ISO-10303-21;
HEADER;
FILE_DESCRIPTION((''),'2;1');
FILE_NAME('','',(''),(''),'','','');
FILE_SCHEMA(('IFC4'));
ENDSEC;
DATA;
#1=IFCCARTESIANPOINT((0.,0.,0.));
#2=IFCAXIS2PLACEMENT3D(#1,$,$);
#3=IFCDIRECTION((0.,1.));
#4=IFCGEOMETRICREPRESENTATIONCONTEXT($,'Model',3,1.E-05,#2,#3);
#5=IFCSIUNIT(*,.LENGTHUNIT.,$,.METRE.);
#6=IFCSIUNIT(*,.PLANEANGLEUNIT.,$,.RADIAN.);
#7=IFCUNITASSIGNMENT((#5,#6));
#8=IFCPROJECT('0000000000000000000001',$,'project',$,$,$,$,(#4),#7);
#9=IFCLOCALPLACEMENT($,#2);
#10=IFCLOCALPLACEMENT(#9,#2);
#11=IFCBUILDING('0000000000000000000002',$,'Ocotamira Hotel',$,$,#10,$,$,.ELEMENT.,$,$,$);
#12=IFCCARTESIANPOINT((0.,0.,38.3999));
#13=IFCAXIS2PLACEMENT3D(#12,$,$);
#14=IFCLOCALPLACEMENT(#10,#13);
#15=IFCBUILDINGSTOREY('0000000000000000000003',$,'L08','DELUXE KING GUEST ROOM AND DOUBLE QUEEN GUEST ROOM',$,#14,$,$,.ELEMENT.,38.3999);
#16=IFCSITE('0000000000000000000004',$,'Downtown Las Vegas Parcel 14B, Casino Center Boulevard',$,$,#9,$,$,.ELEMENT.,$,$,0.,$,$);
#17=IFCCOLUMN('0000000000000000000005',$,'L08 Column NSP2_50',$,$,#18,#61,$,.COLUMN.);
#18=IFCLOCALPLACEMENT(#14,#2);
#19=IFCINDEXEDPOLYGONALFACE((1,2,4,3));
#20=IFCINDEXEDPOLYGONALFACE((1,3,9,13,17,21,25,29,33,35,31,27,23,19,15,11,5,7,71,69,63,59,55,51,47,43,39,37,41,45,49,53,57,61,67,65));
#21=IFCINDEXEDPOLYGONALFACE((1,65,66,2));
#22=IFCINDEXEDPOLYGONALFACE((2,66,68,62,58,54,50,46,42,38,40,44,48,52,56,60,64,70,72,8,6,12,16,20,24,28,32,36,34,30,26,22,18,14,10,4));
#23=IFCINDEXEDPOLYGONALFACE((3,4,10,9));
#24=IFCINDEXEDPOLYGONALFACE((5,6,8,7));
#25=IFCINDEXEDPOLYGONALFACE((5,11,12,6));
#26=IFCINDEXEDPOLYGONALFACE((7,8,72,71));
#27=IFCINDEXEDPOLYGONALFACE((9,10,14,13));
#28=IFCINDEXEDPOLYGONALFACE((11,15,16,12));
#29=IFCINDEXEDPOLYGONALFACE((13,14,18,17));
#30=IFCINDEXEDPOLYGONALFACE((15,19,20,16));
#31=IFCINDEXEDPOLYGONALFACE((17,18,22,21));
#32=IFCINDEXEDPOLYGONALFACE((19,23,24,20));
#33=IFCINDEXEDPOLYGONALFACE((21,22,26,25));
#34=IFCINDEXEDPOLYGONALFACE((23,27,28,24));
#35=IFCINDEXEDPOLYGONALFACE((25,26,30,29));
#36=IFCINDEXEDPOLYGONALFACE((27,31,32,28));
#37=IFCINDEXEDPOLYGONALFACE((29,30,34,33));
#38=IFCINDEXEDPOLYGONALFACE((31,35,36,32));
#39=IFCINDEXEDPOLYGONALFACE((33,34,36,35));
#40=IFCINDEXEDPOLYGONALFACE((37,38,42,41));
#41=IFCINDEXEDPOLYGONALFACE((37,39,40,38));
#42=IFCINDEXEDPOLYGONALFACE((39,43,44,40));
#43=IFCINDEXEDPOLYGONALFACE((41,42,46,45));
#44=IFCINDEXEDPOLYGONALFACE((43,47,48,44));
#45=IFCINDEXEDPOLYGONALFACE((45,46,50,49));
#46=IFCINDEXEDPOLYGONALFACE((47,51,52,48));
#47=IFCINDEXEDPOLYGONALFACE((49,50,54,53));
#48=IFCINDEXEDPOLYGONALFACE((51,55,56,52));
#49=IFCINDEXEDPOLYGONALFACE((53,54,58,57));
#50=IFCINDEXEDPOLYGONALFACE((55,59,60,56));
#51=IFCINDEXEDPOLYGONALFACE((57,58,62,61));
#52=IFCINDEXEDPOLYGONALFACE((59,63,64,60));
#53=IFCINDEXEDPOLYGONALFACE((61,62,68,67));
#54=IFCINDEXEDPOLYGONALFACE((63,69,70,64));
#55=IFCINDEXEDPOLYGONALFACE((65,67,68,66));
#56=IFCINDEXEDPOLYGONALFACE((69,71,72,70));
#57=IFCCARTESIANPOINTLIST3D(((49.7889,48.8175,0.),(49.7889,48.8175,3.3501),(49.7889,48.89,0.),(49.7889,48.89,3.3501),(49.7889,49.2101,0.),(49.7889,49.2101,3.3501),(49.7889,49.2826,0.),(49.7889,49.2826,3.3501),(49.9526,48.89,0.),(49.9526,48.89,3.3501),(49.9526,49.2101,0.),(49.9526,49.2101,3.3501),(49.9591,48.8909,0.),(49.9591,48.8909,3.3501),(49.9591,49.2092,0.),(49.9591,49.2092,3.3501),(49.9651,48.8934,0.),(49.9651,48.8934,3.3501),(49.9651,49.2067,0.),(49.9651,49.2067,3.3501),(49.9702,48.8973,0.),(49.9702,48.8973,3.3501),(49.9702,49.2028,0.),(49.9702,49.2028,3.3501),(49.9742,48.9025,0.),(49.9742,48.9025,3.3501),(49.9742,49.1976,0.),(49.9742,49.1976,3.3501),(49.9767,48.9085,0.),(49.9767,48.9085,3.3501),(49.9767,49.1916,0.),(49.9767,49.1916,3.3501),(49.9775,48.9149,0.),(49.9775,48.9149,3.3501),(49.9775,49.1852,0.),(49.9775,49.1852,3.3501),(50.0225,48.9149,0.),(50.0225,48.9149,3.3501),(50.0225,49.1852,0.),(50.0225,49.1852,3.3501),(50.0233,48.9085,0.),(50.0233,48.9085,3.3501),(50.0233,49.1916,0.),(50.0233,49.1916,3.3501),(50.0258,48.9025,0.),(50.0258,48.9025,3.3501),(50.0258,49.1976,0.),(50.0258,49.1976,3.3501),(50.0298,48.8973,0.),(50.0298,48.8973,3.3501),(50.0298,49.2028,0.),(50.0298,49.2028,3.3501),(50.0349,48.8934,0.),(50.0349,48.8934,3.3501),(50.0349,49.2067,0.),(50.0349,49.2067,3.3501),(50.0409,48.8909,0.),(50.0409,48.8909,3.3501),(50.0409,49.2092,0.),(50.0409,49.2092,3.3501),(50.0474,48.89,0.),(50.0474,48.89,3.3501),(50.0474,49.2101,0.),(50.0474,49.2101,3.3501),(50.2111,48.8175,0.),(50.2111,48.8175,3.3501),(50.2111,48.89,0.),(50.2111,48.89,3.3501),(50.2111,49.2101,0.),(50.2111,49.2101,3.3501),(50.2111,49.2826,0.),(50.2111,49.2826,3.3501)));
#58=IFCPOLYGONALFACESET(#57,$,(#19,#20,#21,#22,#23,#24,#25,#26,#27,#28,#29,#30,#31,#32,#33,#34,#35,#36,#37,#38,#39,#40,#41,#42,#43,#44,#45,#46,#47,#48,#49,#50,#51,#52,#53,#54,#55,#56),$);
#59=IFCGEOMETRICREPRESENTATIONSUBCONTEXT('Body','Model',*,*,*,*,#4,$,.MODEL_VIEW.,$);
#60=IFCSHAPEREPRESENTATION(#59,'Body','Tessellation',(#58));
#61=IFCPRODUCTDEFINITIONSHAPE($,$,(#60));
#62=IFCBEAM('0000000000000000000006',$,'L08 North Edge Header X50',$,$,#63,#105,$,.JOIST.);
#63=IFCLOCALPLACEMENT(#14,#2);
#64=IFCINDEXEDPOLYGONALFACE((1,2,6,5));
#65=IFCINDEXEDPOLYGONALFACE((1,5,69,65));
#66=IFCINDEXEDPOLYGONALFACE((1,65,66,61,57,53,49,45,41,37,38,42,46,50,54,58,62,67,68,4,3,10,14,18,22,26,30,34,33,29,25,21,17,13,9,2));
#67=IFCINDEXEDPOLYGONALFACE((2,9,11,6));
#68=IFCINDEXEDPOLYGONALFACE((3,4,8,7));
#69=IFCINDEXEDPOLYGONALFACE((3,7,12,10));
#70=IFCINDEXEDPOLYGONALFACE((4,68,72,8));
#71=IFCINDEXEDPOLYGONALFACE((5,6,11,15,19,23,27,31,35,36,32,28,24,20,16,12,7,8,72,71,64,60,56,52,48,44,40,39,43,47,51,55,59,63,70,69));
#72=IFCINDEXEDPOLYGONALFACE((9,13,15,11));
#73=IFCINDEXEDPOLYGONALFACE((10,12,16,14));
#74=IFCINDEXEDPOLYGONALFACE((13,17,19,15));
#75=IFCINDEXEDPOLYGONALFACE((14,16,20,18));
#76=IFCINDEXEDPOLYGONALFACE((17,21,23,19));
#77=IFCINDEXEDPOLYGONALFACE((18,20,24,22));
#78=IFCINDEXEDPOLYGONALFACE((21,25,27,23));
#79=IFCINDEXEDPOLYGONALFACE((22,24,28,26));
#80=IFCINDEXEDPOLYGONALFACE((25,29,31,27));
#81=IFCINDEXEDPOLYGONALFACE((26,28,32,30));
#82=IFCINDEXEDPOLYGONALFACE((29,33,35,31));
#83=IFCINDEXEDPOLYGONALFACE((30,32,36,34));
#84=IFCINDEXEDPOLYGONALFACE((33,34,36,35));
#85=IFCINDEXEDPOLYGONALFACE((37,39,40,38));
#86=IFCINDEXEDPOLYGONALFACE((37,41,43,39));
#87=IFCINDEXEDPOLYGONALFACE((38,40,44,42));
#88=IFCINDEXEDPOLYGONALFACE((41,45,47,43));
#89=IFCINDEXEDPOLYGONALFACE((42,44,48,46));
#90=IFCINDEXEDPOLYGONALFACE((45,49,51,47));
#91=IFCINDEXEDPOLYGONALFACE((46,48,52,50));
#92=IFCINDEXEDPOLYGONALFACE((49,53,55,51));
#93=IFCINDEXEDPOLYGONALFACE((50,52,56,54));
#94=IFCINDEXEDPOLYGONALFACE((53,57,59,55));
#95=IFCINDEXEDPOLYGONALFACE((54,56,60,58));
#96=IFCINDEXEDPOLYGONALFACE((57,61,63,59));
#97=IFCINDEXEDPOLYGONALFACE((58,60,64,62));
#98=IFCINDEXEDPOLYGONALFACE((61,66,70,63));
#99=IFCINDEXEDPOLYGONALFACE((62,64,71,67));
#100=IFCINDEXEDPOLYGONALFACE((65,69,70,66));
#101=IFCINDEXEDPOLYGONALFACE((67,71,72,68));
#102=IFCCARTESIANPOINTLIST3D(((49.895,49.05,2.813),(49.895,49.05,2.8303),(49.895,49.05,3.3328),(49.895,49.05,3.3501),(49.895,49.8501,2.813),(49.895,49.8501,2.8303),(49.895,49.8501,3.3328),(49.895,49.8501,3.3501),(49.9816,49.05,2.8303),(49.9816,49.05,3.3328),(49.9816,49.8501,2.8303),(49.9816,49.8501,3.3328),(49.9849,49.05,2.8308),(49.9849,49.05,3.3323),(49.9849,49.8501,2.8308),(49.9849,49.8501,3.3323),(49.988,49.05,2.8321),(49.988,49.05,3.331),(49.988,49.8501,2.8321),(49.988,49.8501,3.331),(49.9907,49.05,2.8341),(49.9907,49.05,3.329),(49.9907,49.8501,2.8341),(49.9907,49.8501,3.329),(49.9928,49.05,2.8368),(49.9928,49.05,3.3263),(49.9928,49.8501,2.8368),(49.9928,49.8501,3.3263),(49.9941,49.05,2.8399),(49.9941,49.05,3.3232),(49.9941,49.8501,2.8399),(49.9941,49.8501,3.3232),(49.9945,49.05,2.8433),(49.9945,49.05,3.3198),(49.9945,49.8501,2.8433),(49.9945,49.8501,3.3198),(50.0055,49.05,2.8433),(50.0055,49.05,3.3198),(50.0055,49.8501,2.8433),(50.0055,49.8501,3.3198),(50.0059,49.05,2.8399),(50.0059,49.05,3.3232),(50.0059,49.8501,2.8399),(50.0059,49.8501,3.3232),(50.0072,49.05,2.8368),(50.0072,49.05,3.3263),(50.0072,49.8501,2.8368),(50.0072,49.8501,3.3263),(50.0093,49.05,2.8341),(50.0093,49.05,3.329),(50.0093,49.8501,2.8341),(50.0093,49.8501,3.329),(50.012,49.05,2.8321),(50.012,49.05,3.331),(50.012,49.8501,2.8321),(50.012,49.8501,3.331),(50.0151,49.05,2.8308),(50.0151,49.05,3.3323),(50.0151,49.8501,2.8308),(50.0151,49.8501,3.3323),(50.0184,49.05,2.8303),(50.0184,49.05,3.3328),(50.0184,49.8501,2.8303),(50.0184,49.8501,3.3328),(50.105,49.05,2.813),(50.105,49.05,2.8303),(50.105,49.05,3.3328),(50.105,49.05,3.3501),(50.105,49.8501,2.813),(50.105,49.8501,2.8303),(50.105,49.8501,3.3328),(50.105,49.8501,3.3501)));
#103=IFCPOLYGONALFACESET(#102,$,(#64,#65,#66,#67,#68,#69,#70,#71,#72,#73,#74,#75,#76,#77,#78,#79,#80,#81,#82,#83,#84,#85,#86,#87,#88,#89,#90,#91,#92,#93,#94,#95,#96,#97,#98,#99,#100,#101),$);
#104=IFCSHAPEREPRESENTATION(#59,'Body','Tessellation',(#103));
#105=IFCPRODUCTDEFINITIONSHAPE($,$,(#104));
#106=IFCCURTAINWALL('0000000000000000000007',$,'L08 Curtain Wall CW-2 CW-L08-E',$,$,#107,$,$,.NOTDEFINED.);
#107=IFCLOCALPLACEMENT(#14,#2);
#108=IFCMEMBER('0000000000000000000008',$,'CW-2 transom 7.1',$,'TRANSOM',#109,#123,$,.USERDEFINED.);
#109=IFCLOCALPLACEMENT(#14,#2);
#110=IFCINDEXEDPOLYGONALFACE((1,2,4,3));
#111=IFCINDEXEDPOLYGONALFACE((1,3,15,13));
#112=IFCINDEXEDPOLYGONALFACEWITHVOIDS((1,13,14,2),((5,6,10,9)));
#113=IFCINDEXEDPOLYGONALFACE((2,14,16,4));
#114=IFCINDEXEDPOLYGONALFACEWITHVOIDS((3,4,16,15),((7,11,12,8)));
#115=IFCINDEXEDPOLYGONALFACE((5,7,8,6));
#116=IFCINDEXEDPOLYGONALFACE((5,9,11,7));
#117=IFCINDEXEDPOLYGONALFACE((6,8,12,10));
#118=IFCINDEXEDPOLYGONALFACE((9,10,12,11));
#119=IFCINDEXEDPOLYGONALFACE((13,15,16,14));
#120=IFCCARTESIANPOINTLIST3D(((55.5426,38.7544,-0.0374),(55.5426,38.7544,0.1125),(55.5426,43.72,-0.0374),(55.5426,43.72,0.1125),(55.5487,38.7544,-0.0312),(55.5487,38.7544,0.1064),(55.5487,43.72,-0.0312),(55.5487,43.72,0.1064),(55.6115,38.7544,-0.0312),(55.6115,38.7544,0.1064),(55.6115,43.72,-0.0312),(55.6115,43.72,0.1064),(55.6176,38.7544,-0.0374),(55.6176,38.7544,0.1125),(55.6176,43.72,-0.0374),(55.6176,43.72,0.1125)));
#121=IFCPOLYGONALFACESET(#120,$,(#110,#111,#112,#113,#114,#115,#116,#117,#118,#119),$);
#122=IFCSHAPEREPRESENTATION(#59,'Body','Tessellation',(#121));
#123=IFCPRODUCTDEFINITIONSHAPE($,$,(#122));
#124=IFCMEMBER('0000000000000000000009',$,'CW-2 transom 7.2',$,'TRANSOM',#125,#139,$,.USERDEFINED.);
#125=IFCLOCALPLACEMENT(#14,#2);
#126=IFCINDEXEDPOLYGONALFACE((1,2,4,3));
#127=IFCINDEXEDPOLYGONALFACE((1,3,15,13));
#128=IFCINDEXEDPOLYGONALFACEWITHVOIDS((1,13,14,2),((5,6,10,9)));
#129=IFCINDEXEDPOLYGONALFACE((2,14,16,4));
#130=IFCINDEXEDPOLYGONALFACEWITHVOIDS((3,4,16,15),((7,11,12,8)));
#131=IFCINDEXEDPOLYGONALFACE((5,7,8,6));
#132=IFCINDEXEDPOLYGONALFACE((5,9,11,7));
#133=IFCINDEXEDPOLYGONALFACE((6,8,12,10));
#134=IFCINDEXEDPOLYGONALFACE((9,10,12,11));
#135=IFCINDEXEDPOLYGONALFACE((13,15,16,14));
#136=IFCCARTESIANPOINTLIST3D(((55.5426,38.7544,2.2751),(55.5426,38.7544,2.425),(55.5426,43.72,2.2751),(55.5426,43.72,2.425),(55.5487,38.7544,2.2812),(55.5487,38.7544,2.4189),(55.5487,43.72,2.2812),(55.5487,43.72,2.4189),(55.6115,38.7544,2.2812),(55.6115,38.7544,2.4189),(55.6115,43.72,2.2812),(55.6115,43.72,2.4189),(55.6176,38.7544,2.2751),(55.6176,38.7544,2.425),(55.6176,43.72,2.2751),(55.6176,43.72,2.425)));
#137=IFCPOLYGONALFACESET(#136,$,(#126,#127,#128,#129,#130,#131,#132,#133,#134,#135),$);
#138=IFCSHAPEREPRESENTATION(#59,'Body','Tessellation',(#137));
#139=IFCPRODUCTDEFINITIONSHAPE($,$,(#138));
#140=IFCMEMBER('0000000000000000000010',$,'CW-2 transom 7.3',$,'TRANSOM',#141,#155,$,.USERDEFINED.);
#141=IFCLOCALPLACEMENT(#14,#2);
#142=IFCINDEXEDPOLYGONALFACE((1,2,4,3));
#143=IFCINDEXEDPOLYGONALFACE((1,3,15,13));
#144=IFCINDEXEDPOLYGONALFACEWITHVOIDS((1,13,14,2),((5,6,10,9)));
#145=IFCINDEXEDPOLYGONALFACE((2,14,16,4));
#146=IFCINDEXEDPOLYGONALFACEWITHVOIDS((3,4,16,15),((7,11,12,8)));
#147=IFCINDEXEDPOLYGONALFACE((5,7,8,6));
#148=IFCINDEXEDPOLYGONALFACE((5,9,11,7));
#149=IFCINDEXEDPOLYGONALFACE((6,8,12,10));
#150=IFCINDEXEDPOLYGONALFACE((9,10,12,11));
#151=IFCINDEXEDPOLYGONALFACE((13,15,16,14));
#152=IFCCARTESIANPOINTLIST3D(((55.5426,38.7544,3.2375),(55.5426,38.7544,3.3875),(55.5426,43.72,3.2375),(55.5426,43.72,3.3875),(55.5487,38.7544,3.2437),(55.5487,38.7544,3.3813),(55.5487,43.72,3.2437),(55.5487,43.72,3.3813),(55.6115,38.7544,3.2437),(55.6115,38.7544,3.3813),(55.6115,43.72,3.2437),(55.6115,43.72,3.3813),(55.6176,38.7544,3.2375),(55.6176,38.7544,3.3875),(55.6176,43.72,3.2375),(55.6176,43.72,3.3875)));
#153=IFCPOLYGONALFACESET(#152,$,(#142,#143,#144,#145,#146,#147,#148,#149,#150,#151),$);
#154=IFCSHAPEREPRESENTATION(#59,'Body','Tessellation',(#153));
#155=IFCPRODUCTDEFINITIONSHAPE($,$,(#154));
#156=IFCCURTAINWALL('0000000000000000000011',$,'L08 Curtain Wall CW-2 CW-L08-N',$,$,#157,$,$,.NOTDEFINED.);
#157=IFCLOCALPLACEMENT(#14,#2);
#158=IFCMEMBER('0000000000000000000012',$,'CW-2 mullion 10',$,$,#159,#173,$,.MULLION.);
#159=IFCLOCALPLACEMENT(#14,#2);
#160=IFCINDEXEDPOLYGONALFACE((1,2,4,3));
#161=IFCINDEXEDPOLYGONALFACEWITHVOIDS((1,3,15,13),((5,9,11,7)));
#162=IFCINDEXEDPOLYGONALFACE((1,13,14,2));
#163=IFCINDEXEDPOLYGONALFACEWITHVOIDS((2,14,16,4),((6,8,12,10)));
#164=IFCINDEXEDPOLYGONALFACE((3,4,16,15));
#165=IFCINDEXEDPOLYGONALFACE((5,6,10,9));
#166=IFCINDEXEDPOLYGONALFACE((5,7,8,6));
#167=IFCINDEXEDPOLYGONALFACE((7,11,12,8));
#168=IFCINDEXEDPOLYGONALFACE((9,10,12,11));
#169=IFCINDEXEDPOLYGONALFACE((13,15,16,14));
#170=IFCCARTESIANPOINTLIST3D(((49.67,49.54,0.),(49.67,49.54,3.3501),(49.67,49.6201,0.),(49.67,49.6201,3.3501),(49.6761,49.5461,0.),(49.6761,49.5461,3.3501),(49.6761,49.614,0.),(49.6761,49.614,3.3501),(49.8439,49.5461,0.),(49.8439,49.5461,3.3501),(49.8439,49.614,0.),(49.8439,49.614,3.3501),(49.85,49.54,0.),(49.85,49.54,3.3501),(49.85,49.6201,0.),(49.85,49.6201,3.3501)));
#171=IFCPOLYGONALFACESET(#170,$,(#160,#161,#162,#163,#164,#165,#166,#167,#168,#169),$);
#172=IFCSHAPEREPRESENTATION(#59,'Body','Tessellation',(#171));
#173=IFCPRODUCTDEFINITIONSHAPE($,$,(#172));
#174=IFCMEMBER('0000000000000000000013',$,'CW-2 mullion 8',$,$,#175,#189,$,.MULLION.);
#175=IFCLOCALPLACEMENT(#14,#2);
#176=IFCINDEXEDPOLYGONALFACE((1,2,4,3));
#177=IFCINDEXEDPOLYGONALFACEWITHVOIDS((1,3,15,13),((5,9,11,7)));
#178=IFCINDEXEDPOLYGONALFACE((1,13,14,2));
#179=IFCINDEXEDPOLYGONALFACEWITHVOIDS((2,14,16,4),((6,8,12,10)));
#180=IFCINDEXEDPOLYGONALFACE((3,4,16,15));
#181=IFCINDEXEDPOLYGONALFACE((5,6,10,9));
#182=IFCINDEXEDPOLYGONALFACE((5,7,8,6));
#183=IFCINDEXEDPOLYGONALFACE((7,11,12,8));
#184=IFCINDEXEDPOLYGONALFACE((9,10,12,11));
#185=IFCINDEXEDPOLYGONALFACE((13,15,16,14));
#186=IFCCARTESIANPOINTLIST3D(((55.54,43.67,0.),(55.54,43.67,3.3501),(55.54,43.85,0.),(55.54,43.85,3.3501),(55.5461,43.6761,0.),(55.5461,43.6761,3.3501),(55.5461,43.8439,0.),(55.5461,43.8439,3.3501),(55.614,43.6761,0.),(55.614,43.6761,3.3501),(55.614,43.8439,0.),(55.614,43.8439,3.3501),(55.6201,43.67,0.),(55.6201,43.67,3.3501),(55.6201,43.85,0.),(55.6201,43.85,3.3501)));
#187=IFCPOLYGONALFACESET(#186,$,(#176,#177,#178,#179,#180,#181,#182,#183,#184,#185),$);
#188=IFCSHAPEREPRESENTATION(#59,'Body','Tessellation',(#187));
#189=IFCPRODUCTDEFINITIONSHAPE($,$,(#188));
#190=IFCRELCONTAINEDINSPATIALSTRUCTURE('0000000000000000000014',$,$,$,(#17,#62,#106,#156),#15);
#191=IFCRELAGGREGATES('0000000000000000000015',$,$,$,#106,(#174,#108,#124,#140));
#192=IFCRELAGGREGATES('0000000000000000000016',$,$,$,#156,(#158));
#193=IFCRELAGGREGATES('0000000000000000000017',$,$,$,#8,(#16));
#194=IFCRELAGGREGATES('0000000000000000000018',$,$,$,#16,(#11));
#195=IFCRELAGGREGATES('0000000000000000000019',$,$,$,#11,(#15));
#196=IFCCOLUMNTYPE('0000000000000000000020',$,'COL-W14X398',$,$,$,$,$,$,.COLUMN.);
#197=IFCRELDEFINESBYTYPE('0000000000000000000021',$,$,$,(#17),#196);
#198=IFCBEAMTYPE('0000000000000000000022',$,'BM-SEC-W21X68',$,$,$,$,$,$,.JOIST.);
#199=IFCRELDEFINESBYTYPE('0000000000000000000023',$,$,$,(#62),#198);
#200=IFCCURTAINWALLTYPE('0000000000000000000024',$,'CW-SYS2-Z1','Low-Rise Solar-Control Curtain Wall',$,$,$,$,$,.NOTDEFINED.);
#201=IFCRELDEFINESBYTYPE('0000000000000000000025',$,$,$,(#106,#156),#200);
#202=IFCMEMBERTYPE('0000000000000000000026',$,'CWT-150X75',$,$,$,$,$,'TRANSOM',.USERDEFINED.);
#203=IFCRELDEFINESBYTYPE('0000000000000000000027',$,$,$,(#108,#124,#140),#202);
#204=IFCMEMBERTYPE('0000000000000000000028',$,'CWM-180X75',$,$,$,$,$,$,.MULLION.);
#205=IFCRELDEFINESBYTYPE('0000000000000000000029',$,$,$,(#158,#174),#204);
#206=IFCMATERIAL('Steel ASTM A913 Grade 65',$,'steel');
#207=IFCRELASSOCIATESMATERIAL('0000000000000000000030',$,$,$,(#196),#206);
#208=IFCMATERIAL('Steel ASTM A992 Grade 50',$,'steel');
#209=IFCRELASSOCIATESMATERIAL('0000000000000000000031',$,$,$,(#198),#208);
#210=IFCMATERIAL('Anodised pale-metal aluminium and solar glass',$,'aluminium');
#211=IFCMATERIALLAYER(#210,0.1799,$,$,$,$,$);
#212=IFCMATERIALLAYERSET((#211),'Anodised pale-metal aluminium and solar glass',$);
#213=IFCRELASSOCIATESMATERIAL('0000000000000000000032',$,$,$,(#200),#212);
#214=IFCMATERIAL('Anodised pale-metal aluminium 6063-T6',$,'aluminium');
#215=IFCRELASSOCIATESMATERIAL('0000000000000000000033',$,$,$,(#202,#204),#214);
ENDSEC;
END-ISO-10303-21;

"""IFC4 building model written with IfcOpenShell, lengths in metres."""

from ifc_helpers import new_model, si_unit, direction, frame, origin, origin_2d, place, context, subcontext, project, spatial, hollow_rectangle, i_section, extrude, source, transform, mapped, material, layer, layer_set, material_profile, profile_set, type_object, element, aggregate, save


model = new_model("IFC4")

# Units and contexts
model_context = context("Model", 3, precision=1e-05, world=origin(), true_north=direction((0.0, 1.0)))
body_context = subcontext(model_context, "Body", "Model", "MODEL_VIEW")
ifc_project = project(units=[si_unit("LENGTHUNIT", "METRE"), si_unit("PLANEANGLEUNIT", "RADIAN")], contexts=[model_context])

# Site, building, storey
site_placement = place(None, origin())
site = spatial("IfcSite", under=ifc_project, at=site_placement, Name="Downtown Las Vegas Parcel 14B, Casino Center Boulevard", CompositionType="ELEMENT", RefElevation=0.0)
building_placement = place(site_placement, origin())
building = spatial("IfcBuilding", under=site, at=building_placement, Name="Ocotamira Hotel", CompositionType="ELEMENT")
storey_placement = place(building_placement, frame((0.0, 0.0, 38.3999)))
storey = spatial("IfcBuildingStorey", under=building, at=storey_placement, Name="L08", Description="DELUXE KING GUEST ROOM AND DOUBLE QUEEN GUEST ROOM", CompositionType="ELEMENT", Elevation=38.3999)

# Column
ifc_material_1 = material(Name="Steel ASTM A913 Grade 65", Category="steel")
ifc_material_profile_1 = material_profile(ifc_material_1, i_section(OverallWidth=0.4221, OverallDepth=0.4651, WebThickness=0.0449, FlangeThickness=0.0725, FilletRadius=0.0249, at=origin_2d()), Name="W14X398")
ifc_profile_set_1 = profile_set([ifc_material_profile_1], Name="Steel ASTM A913 Grade 65")
column_type = type_object("IfcColumnType", Name="COL-W14X398", PredefinedType="COLUMN", material=ifc_profile_set_1)
shared_shape_1 = source(origin(), body_context, "Body", "SweptSolid", [
    extrude(i_section(OverallWidth=0.4221, OverallDepth=0.4651, WebThickness=0.0449, FlangeThickness=0.0725, FilletRadius=0.0249, at=origin_2d()), origin(), (0.0, 0.0, 1.0), 3.3501),
])
column_placement = place(storey_placement, frame((50.0, 49.05, 0.0), z_axis=(0.0, 0.0, 1.0), x_axis=(1.0, 0.0, 0.0)))
element("IfcColumn", 1, at=column_placement, inside=storey, type_object=column_type, Name="L08 Column NSP2_50", PredefinedType="COLUMN", context=body_context, shape_type="MappedRepresentation", body=[
    mapped(shared_shape_1, transform((0.0, 0.0, 0.0), scale=1.0)),
])

# Beam
ifc_material_2 = material(Name="Steel ASTM A992 Grade 50", Category="steel")
ifc_material_profile_2 = material_profile(ifc_material_2, i_section(OverallWidth=0.21, OverallDepth=0.5371, WebThickness=0.011, FlangeThickness=0.0173, FilletRadius=0.0129, at=origin_2d()), Name="W21X68")
ifc_profile_set_2 = profile_set([ifc_material_profile_2], Name="Steel ASTM A992 Grade 50")
beam_type = type_object("IfcBeamType", Name="BM-SEC-W21X68", PredefinedType="JOIST", material=ifc_profile_set_2)
shared_shape_2 = source(origin(), body_context, "Body", "SweptSolid", [
    extrude(i_section(OverallWidth=0.21, OverallDepth=0.5371, WebThickness=0.011, FlangeThickness=0.0173, FilletRadius=0.0129, at=origin_2d()), origin(), (0.0, 0.0, 1.0), 0.8),
])
beam_placement = place(storey_placement, frame((50.0, 49.05, 3.0815), z_axis=(0.0, 1.0, 0.0), x_axis=(-1.0, 0.0, 0.0)))
element("IfcBeam", 2, at=beam_placement, inside=storey, type_object=beam_type, Name="L08 North Edge Header X50", PredefinedType="JOIST", context=body_context, shape_type="MappedRepresentation", body=[
    mapped(shared_shape_2, transform((0.0, 0.0, 0.0), scale=1.0)),
])

# Curtain wall, members
ifc_material_3 = material(Name="Anodised pale-metal aluminium and solar glass", Category="aluminium")
ifc_layer_1 = layer(ifc_material_3, 0.1799)
ifc_layer_set_1 = layer_set([ifc_layer_1], Name="Anodised pale-metal aluminium and solar glass")
curtain_wall_type = type_object("IfcCurtainWallType", Name="CW-SYS2-Z1", Description="Low-Rise Solar-Control Curtain Wall", PredefinedType="NOTDEFINED", material=ifc_layer_set_1)
curtain_wall_1_placement = place(storey_placement, origin())
curtain_wall_1 = element("IfcCurtainWall", 3, at=curtain_wall_1_placement, inside=storey, type_object=curtain_wall_type, Name="L08 Curtain Wall CW-2 CW-L08-E", PredefinedType="NOTDEFINED")
ifc_material_4 = material(Name="Anodised pale-metal aluminium 6063-T6", Category="aluminium")
ifc_material_profile_3 = material_profile(ifc_material_4, hollow_rectangle(XDim=0.075, YDim=0.1499, WallThickness=0.0061, at=origin_2d()), Name="HSS150X75X6")
ifc_profile_set_3 = profile_set([ifc_material_profile_3], Name="Anodised pale-metal aluminium 6063-T6")
member_type_1 = type_object("IfcMemberType", Name="CWT-150X75", ElementType="TRANSOM", PredefinedType="USERDEFINED", material=ifc_profile_set_3)
shared_shape_3 = source(origin(), body_context, "Body", "SweptSolid", [
    extrude(hollow_rectangle(XDim=0.075, YDim=0.1499, WallThickness=0.0061, at=origin_2d()), origin(), (0.0, 0.0, 1.0), 4.9656),
])
member_1_placement = place(storey_placement, frame((55.5801, 38.7544, 0.0376), z_axis=(0.0, 1.0, 0.0), x_axis=(-1.0, 0.0, 0.0)))
member_1 = element("IfcMember", 4, at=member_1_placement, type_object=member_type_1, Name="CW-2 transom 7.1", ObjectType="TRANSOM", PredefinedType="USERDEFINED", context=body_context, shape_type="MappedRepresentation", body=[
    mapped(shared_shape_3, transform((0.0, 0.0, 0.0), scale=1.0)),
])
member_2_placement = place(storey_placement, frame((55.5801, 38.7544, 2.3501), z_axis=(0.0, 1.0, 0.0), x_axis=(-1.0, 0.0, 0.0)))
member_2 = element("IfcMember", 5, at=member_2_placement, type_object=member_type_1, Name="CW-2 transom 7.2", ObjectType="TRANSOM", PredefinedType="USERDEFINED", context=body_context, shape_type="MappedRepresentation", body=[
    mapped(shared_shape_3, transform((0.0, 0.0, 0.0), scale=1.0)),
])
member_3_placement = place(storey_placement, frame((55.5801, 38.7544, 3.3125), z_axis=(0.0, 1.0, 0.0), x_axis=(-1.0, 0.0, 0.0)))
member_3 = element("IfcMember", 6, at=member_3_placement, type_object=member_type_1, Name="CW-2 transom 7.3", ObjectType="TRANSOM", PredefinedType="USERDEFINED", context=body_context, shape_type="MappedRepresentation", body=[
    mapped(shared_shape_3, transform((0.0, 0.0, 0.0), scale=1.0)),
])

# Curtain wall, member
curtain_wall_2_placement = place(storey_placement, origin())
curtain_wall_2 = element("IfcCurtainWall", 7, at=curtain_wall_2_placement, inside=storey, type_object=curtain_wall_type, Name="L08 Curtain Wall CW-2 CW-L08-N", PredefinedType="NOTDEFINED")
ifc_material_profile_4 = material_profile(ifc_material_4, hollow_rectangle(XDim=0.0801, YDim=0.1799, WallThickness=0.0061, at=origin_2d()), Name="HSS180X80X6")
ifc_profile_set_4 = profile_set([ifc_material_profile_4], Name="Anodised pale-metal aluminium 6063-T6")
member_type_2 = type_object("IfcMemberType", Name="CWM-180X75", PredefinedType="MULLION", material=ifc_profile_set_4)
shared_shape_4 = source(origin(), body_context, "Body", "SweptSolid", [
    extrude(hollow_rectangle(XDim=0.0801, YDim=0.1799, WallThickness=0.0061, at=origin_2d()), origin(), (0.0, 0.0, 1.0), 3.3501),
])
member_4_placement = place(storey_placement, frame((49.76, 49.5801, 0.0), z_axis=(0.0, 0.0, 1.0), x_axis=(0.0, 1.0, 0.0)))
member_4 = element("IfcMember", 8, at=member_4_placement, type_object=member_type_2, Name="CW-2 mullion 10", PredefinedType="MULLION", context=body_context, shape_type="MappedRepresentation", body=[
    mapped(shared_shape_4, transform((0.0, 0.0, 0.0), scale=1.0)),
])

# Member
member_5_placement = place(storey_placement, frame((55.5801, 43.76, 0.0), z_axis=(0.0, 0.0, 1.0), x_axis=(-1.0, 0.0, 0.0)))
member_5 = element("IfcMember", 9, at=member_5_placement, type_object=member_type_2, Name="CW-2 mullion 8", PredefinedType="MULLION", context=body_context, shape_type="MappedRepresentation", body=[
    mapped(shared_shape_4, transform((0.0, 0.0, 0.0), scale=1.0)),
])

aggregate(curtain_wall_1, [member_5, member_1, member_2, member_3])
aggregate(curtain_wall_2, [member_4])

save(model, "model.ifc")
